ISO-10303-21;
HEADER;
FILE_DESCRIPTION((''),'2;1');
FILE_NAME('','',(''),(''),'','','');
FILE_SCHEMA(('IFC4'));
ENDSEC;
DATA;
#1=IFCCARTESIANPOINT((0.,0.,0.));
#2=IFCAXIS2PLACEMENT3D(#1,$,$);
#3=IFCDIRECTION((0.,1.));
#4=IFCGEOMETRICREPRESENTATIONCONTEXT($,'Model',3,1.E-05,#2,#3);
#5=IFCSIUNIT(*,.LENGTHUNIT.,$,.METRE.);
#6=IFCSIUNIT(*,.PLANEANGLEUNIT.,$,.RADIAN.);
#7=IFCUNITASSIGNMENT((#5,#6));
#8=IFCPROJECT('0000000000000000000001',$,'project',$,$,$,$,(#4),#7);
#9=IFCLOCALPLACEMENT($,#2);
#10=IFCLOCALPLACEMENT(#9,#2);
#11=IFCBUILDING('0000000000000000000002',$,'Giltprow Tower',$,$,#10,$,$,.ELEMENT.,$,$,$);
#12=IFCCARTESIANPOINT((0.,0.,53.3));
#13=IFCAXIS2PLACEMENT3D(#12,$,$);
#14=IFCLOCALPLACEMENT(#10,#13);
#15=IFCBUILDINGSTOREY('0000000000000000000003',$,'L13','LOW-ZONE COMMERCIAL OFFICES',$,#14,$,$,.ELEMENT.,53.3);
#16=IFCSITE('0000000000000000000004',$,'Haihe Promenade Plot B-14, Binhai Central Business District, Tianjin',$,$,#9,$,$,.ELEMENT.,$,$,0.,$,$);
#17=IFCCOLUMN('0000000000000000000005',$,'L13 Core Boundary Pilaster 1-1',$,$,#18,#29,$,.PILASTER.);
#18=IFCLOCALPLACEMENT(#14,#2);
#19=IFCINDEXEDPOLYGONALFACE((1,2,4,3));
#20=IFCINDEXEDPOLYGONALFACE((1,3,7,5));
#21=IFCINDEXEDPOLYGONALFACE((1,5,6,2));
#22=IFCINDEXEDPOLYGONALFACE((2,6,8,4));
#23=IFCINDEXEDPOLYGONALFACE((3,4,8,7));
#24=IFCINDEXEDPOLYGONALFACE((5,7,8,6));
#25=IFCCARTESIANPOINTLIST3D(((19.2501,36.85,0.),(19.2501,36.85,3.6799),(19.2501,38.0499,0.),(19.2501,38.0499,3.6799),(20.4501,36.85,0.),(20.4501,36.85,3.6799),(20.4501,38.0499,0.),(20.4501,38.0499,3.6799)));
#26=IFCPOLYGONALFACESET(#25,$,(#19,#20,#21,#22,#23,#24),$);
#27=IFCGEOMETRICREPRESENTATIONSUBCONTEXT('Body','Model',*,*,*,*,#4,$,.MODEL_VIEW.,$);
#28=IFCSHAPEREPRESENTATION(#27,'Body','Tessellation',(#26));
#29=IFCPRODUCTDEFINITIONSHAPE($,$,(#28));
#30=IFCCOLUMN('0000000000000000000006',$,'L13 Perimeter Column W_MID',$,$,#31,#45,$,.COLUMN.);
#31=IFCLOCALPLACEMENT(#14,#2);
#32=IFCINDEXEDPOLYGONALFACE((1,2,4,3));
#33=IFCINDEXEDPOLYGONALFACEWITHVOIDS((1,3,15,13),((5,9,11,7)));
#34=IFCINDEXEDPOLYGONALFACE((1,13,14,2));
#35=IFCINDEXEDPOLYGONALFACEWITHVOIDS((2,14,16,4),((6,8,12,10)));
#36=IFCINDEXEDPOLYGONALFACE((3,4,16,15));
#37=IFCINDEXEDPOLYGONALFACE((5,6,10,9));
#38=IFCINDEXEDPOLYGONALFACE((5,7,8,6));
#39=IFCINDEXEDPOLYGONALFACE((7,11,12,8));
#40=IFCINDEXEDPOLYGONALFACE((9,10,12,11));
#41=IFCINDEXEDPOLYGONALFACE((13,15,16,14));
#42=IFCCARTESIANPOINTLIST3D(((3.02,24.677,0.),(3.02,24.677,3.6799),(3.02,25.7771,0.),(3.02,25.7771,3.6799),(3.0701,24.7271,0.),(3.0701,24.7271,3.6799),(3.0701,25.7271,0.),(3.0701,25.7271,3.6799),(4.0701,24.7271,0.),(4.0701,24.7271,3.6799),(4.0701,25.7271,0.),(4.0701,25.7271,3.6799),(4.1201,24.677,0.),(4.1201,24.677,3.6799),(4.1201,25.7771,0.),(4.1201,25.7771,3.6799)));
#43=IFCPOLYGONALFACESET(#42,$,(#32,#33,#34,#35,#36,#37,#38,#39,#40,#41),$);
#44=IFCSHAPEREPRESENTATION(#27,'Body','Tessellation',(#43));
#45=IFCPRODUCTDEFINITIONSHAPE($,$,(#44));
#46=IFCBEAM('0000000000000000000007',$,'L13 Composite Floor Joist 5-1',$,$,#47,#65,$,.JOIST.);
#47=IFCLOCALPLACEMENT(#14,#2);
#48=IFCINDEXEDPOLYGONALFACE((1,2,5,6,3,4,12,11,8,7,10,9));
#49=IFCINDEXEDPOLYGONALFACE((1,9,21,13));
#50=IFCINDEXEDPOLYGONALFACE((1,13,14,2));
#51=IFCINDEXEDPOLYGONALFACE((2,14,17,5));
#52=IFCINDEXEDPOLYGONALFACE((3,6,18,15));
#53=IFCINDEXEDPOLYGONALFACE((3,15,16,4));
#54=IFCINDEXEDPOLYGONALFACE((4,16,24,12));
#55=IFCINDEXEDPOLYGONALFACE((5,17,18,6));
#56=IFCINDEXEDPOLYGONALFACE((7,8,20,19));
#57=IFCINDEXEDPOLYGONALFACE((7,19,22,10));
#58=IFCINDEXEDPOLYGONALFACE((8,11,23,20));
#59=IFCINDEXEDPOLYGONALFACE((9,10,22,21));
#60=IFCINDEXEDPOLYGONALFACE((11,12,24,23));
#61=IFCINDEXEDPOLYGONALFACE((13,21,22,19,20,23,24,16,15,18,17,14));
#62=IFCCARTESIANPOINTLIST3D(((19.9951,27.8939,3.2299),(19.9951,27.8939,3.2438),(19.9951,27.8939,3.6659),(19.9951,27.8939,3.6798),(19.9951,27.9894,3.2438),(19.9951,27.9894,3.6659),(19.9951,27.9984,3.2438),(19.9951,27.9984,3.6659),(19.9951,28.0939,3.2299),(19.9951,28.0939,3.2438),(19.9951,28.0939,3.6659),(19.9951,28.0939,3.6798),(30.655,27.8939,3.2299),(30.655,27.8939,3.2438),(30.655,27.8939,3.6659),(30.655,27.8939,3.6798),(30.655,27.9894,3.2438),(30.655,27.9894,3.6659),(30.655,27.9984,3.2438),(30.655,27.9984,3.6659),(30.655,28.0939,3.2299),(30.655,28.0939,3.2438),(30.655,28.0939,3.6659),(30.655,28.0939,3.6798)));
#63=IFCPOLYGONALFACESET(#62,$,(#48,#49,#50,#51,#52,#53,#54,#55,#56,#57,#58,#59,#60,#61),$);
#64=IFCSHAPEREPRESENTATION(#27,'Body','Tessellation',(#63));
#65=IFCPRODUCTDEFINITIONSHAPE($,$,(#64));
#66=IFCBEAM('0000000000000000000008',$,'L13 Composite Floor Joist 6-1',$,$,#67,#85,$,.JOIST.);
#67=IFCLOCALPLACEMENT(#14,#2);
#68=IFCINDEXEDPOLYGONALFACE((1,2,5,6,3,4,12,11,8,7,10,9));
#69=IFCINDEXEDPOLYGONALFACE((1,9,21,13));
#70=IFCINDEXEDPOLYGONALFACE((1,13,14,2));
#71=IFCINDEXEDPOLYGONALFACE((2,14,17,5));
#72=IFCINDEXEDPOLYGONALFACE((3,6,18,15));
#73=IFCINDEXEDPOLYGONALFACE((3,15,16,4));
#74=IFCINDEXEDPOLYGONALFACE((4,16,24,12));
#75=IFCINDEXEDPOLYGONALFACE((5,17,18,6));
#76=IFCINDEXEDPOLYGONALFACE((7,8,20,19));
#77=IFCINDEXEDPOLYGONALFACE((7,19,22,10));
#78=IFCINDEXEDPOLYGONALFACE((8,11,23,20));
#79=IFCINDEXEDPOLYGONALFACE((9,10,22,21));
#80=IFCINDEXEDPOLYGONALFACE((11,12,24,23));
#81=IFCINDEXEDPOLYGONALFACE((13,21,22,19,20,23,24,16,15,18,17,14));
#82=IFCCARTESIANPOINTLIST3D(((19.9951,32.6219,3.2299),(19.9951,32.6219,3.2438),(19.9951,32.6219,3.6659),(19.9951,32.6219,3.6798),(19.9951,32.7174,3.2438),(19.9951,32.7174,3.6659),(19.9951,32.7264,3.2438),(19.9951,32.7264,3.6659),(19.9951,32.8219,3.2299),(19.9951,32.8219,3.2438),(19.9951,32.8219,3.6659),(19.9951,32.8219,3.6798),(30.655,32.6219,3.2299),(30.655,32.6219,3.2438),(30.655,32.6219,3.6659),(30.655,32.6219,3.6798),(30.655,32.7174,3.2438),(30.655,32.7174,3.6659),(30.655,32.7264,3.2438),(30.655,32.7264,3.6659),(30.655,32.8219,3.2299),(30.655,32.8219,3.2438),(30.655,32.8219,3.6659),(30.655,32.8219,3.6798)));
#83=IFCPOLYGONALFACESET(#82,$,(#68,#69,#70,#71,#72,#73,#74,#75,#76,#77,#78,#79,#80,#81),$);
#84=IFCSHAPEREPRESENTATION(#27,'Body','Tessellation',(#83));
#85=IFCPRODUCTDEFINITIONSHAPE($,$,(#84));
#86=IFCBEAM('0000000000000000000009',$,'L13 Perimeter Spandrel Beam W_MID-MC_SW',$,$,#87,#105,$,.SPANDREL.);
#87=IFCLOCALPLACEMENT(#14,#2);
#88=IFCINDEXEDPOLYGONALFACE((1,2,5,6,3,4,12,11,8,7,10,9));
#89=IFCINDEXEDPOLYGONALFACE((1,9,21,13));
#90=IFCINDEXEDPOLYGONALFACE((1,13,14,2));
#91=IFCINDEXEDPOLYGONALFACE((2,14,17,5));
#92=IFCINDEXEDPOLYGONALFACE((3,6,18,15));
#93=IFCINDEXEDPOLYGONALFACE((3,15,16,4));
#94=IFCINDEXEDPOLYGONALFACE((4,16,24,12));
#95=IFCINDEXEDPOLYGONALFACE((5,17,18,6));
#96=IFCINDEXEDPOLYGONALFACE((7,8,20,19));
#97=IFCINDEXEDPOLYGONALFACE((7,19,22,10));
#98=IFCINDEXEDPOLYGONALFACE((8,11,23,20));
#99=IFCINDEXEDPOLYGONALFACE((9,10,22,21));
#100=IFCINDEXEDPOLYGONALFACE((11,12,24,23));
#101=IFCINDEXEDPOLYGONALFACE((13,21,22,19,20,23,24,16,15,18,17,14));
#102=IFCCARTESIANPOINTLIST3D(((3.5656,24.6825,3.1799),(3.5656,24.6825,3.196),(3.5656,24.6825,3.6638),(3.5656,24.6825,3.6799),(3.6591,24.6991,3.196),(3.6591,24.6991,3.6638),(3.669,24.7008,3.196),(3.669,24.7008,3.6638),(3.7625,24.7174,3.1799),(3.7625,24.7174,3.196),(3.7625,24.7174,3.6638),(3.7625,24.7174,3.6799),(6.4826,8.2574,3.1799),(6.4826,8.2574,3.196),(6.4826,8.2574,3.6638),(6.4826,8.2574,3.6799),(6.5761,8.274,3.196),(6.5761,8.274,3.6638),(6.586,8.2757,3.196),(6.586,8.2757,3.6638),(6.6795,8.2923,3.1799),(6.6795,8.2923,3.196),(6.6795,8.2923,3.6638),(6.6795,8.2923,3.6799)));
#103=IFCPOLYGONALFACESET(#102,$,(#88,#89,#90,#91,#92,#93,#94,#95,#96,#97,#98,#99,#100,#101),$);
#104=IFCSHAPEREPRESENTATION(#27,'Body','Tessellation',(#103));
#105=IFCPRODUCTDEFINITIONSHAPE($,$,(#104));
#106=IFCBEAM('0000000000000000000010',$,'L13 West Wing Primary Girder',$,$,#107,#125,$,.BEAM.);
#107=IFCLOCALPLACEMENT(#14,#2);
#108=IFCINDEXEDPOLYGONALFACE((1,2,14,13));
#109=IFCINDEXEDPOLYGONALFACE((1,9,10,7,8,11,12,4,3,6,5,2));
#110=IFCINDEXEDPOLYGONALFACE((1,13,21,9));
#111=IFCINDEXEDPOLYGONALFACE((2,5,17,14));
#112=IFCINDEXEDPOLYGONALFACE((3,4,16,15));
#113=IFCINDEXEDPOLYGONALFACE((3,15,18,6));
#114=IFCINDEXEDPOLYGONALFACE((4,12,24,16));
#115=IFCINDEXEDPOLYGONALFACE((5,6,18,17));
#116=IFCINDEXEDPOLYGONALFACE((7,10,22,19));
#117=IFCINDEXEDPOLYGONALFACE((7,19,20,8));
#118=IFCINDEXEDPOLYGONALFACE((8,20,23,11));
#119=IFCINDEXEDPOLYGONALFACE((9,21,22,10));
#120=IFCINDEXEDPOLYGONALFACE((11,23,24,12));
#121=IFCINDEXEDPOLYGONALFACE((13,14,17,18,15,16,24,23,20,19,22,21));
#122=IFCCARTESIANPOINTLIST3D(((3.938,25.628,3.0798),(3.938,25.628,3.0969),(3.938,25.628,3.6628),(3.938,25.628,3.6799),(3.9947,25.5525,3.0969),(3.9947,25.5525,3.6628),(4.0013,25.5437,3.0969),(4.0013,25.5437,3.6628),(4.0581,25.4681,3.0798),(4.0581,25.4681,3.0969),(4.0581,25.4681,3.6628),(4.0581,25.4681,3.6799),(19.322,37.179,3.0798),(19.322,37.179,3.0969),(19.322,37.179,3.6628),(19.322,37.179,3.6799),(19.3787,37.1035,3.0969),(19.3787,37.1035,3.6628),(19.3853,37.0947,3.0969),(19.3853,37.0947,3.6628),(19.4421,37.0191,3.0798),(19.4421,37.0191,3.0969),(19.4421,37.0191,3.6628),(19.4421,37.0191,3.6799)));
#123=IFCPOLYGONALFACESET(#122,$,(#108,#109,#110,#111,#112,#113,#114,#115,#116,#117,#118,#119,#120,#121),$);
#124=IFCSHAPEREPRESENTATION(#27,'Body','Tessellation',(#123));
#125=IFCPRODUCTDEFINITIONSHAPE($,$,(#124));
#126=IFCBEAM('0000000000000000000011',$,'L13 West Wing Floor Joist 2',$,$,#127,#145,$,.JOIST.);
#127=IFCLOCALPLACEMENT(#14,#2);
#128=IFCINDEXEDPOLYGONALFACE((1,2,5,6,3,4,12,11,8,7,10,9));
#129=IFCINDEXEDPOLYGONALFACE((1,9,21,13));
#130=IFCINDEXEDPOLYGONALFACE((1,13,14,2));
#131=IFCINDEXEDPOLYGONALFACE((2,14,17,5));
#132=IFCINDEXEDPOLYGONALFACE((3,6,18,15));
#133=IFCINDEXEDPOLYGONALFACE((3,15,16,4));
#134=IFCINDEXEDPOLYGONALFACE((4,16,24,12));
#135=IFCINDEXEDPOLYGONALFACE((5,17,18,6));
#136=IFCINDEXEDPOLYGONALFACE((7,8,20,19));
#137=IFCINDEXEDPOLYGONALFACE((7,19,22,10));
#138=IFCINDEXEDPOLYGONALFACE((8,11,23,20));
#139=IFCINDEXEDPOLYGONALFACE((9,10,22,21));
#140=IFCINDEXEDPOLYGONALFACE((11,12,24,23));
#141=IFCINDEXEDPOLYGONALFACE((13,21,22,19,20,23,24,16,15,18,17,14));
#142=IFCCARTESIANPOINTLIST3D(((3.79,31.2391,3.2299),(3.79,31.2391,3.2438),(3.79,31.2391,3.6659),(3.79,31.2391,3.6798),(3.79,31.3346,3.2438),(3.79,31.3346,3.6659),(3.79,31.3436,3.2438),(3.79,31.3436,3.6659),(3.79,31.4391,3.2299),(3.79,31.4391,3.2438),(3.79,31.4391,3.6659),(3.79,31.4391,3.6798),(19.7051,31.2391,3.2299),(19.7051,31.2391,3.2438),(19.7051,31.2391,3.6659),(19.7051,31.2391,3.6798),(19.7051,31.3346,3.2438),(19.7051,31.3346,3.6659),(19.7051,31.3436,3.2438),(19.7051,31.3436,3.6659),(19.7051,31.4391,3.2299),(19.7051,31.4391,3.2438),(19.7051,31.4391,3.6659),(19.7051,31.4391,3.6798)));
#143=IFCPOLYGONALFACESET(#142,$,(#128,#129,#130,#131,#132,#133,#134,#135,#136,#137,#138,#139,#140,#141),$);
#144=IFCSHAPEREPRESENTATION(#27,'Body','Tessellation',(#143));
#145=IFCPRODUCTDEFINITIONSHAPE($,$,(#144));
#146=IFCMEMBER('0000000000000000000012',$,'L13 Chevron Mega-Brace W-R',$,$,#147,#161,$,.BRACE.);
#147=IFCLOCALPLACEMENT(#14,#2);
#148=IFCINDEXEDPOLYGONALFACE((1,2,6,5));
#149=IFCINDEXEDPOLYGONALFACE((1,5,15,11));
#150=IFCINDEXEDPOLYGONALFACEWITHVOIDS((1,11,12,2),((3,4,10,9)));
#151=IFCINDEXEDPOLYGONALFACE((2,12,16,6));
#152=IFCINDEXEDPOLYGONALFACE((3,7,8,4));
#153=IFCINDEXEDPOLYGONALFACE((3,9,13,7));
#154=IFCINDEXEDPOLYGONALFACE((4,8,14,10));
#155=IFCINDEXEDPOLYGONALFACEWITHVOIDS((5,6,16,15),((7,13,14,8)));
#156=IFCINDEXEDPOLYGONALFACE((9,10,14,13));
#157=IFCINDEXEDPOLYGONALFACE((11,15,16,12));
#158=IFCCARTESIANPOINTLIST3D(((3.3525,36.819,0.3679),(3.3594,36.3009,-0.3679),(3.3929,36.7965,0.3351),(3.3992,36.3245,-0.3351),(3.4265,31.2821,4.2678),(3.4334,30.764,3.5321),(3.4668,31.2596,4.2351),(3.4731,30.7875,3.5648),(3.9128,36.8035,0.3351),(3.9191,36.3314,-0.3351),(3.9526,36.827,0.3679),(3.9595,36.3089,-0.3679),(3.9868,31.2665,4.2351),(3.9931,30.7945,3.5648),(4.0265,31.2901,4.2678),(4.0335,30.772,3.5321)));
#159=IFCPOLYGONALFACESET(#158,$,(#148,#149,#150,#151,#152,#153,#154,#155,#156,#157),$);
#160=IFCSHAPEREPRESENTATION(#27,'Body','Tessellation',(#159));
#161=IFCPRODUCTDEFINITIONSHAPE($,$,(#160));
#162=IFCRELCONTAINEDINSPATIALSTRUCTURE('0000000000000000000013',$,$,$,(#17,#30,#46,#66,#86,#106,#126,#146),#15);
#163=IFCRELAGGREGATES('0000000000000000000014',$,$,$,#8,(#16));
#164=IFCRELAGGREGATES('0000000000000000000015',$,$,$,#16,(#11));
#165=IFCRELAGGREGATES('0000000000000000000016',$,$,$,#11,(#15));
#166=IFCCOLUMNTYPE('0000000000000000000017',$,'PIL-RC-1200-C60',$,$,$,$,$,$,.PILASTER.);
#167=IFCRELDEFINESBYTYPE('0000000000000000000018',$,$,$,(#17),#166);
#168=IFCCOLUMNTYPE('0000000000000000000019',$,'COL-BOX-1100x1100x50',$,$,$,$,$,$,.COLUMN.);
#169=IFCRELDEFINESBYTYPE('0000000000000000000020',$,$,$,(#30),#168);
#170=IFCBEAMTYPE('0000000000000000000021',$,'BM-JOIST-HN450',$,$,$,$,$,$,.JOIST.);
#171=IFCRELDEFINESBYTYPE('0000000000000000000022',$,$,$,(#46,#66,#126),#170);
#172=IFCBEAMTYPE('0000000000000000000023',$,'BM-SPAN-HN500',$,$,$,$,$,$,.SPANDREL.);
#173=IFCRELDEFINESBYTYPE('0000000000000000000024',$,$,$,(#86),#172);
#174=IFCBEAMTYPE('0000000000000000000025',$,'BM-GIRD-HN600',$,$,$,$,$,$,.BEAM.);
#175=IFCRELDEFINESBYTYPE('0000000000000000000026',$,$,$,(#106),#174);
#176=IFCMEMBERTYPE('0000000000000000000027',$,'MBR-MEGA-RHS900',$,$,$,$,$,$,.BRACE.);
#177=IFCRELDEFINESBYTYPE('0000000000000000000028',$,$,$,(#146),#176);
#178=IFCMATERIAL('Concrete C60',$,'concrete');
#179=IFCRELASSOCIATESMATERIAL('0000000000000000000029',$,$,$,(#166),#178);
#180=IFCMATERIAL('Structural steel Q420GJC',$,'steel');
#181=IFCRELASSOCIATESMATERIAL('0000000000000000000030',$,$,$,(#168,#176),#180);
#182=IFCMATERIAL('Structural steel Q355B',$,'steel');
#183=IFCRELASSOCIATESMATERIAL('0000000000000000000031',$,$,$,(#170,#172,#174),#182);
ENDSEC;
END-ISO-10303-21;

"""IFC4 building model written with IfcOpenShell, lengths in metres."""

from ifc_helpers import new_model, si_unit, direction, frame, origin, origin_2d, place, context, subcontext, project, spatial, rectangle, hollow_rectangle, i_section, extrude, source, transform, mapped, material, material_profile, profile_set, type_object, element, save


model = new_model("IFC4")

# Units and contexts
model_context = context("Model", 3, precision=1e-05, world=origin(), true_north=direction((0.0, 1.0)))
body_context = subcontext(model_context, "Body", "Model", "MODEL_VIEW")
ifc_project = project(units=[si_unit("LENGTHUNIT", "METRE"), si_unit("PLANEANGLEUNIT", "RADIAN")], contexts=[model_context])

# Site, building, storey
site_placement = place(None, origin())
site = spatial("IfcSite", under=ifc_project, at=site_placement, Name="Haihe Promenade Plot B-14, Binhai Central Business District, Tianjin", CompositionType="ELEMENT", RefElevation=0.0)
building_placement = place(site_placement, origin())
building = spatial("IfcBuilding", under=site, at=building_placement, Name="Giltprow Tower", CompositionType="ELEMENT")
storey_placement = place(building_placement, frame((0.0, 0.0, 53.3)))
storey = spatial("IfcBuildingStorey", under=building, at=storey_placement, Name="L13", Description="LOW-ZONE COMMERCIAL OFFICES", CompositionType="ELEMENT", Elevation=53.3)

# Columns
ifc_material_1 = material(Name="Concrete C60", Category="concrete")
ifc_material_profile_1 = material_profile(ifc_material_1, rectangle(XDim=1.2, YDim=1.2, at=origin_2d()), Name="RC 1200x1200")
ifc_profile_set_1 = profile_set([ifc_material_profile_1], Name="Concrete C60")
column_type_1 = type_object("IfcColumnType", Name="PIL-RC-1200-C60", PredefinedType="PILASTER", material=ifc_profile_set_1)
shared_shape_1 = source(origin(), body_context, "Body", "SweptSolid", [
    extrude(rectangle(XDim=1.2, YDim=1.2, at=origin_2d()), origin(), (0.0, 0.0, 1.0), 3.6799),
])
column_1_placement = place(storey_placement, frame((19.8501, 37.45, 0.0), z_axis=(0.0, 0.0, 1.0), x_axis=(1.0, 0.0, 0.0)))
element("IfcColumn", 1, at=column_1_placement, inside=storey, type_object=column_type_1, Name="L13 Core Boundary Pilaster 1-1", PredefinedType="PILASTER", context=body_context, shape_type="MappedRepresentation", body=[
    mapped(shared_shape_1, transform((0.0, 0.0, 0.0), x_axis=(1.0, 0.0, 0.0), y_axis=(0.0, 1.0, 0.0), z_axis=(0.0, 0.0, 1.0), scale=1.0)),
])
ifc_material_2 = material(Name="Structural steel Q420GJC", Category="steel")
ifc_material_profile_2 = material_profile(ifc_material_2, hollow_rectangle(XDim=1.1001, YDim=1.1001, WallThickness=0.05, at=origin_2d()), Name="BOX 1100x1100x50")
ifc_profile_set_2 = profile_set([ifc_material_profile_2], Name="Structural steel Q420GJC")
column_type_2 = type_object("IfcColumnType", Name="COL-BOX-1100x1100x50", PredefinedType="COLUMN", material=ifc_profile_set_2)
shared_shape_2 = source(origin(), body_context, "Body", "SweptSolid", [
    extrude(hollow_rectangle(XDim=1.1001, YDim=1.1001, WallThickness=0.05, at=origin_2d()), origin(), (0.0, 0.0, 1.0), 3.6799),
])
column_2_placement = place(storey_placement, frame((3.5701, 25.2271, 0.0), z_axis=(0.0, 0.0, 1.0), x_axis=(1.0, 0.0, 0.0)))
element("IfcColumn", 2, at=column_2_placement, inside=storey, type_object=column_type_2, Name="L13 Perimeter Column W_MID", PredefinedType="COLUMN", context=body_context, shape_type="MappedRepresentation", body=[
    mapped(shared_shape_2, transform((0.0, 0.0, 0.0), x_axis=(1.0, 0.0, 0.0), y_axis=(0.0, 1.0, 0.0), z_axis=(0.0, 0.0, 1.0), scale=1.0)),
])

# Beams
ifc_material_3 = material(Name="Structural steel Q355B", Category="steel")
ifc_material_profile_3 = material_profile(ifc_material_3, i_section(OverallWidth=0.2, OverallDepth=0.45, WebThickness=0.009, FlangeThickness=0.0139, at=origin_2d()), Name="HN 450x200x9x14")
ifc_profile_set_3 = profile_set([ifc_material_profile_3], Name="Structural steel Q355B")
beam_type_1 = type_object("IfcBeamType", Name="BM-JOIST-HN450", PredefinedType="JOIST", material=ifc_profile_set_3)
shared_shape_3 = source(origin(), body_context, "Body", "SweptSolid", [
    extrude(i_section(OverallWidth=0.2, OverallDepth=0.45, WebThickness=0.009, FlangeThickness=0.0139, at=origin_2d()), origin(), (0.0, 0.0, 1.0), 10.6599),
])
for number, where, z_axis, x_axis, name in (
    (3, (19.9951, 27.9939, 3.4548), (1.0, 0.0, 0.0), (0.0, 1.0, 0.0), "L13 Composite Floor Joist 5-1"),
    (4, (19.9951, 32.7219, 3.4548), (1.0, 0.0, 0.0), (0.0, 1.0, 0.0), "L13 Composite Floor Joist 6-1"),
):
    element("IfcBeam", number, at=place(storey_placement, frame(where, z_axis=z_axis, x_axis=x_axis)), inside=storey, type_object=beam_type_1, Name=name, PredefinedType="JOIST", context=body_context, shape_type="MappedRepresentation", body=[
        mapped(shared_shape_3, transform((0.0, 0.0, 0.0), x_axis=(1.0, 0.0, 0.0), y_axis=(0.0, 1.0, 0.0), z_axis=(0.0, 0.0, 1.0), scale=1.0)),
    ])
ifc_material_profile_4 = material_profile(ifc_material_3, i_section(OverallWidth=0.2, OverallDepth=0.5, WebThickness=0.01, FlangeThickness=0.0161, at=origin_2d()), Name="HN 500x200x10x16")
ifc_profile_set_4 = profile_set([ifc_material_profile_4], Name="Structural steel Q355B")
beam_type_2 = type_object("IfcBeamType", Name="BM-SPAN-HN500", PredefinedType="SPANDREL", material=ifc_profile_set_4)
shared_shape_4 = source(origin(), body_context, "Body", "SweptSolid", [
    extrude(i_section(OverallWidth=0.2, OverallDepth=0.5, WebThickness=0.01, FlangeThickness=0.0161, at=origin_2d()), origin(), (0.0, 0.0, 1.0), 16.6821),
])
beam_1_placement = place(storey_placement, frame((3.6641, 24.7, 3.4299), z_axis=(0.174858, -0.984594, 0.0), x_axis=(0.984594, 0.174858, 0.0)))
element("IfcBeam", 5, at=beam_1_placement, inside=storey, type_object=beam_type_2, Name="L13 Perimeter Spandrel Beam W_MID-MC_SW", PredefinedType="SPANDREL", context=body_context, shape_type="MappedRepresentation", body=[
    mapped(shared_shape_4, transform((0.0, 0.0, 0.0), x_axis=(1.0, 0.0, 0.0), y_axis=(0.0, 1.0, 0.0), z_axis=(0.0, 0.0, 1.0), scale=1.0)),
])
ifc_material_profile_5 = material_profile(ifc_material_3, i_section(OverallWidth=0.2, OverallDepth=0.6001, WebThickness=0.011, FlangeThickness=0.0171, at=origin_2d()), Name="HN 600x200x11x17")
ifc_profile_set_5 = profile_set([ifc_material_profile_5], Name="Structural steel Q355B")
beam_type_3 = type_object("IfcBeamType", Name="BM-GIRD-HN600", PredefinedType="BEAM", material=ifc_profile_set_5)
shared_shape_5 = source(origin(), body_context, "Body", "SweptSolid", [
    extrude(i_section(OverallWidth=0.2, OverallDepth=0.6001, WebThickness=0.011, FlangeThickness=0.0171, at=origin_2d()), origin(), (0.0, 0.0, 1.0), 19.2378),
])
beam_2_placement = place(storey_placement, frame((3.998, 25.5481, 3.3799), z_axis=(0.799676, 0.600432, 0.0), x_axis=(-0.600432, 0.799676, 0.0)))
element("IfcBeam", 6, at=beam_2_placement, inside=storey, type_object=beam_type_3, Name="L13 West Wing Primary Girder", PredefinedType="BEAM", context=body_context, shape_type="MappedRepresentation", body=[
    mapped(shared_shape_5, transform((0.0, 0.0, 0.0), x_axis=(1.0, 0.0, 0.0), y_axis=(0.0, 1.0, 0.0), z_axis=(0.0, 0.0, 1.0), scale=1.0)),
])
shared_shape_6 = source(origin(), body_context, "Body", "SweptSolid", [
    extrude(i_section(OverallWidth=0.2, OverallDepth=0.45, WebThickness=0.009, FlangeThickness=0.0139, at=origin_2d()), origin(), (0.0, 0.0, 1.0), 15.915),
])
beam_3_placement = place(storey_placement, frame((3.79, 31.3391, 3.4548), z_axis=(1.0, 0.0, 0.0), x_axis=(0.0, 1.0, 0.0)))
element("IfcBeam", 7, at=beam_3_placement, inside=storey, type_object=beam_type_1, Name="L13 West Wing Floor Joist 2", PredefinedType="JOIST", context=body_context, shape_type="MappedRepresentation", body=[
    mapped(shared_shape_6, transform((0.0, 0.0, 0.0), x_axis=(1.0, 0.0, 0.0), y_axis=(0.0, 1.0, 0.0), z_axis=(0.0, 0.0, 1.0), scale=1.0)),
])

# Member
ifc_material_profile_6 = material_profile(ifc_material_2, hollow_rectangle(XDim=0.6001, YDim=0.8999, WallThickness=0.04, at=origin_2d()), Name="RHS 900x600x40")
ifc_profile_set_6 = profile_set([ifc_material_profile_6], Name="Structural steel Q420GJC")
member_type = type_object("IfcMemberType", Name="MBR-MEGA-RHS900", PredefinedType="BRACE", material=ifc_profile_set_6)
shared_shape_7 = source(origin(), body_context, "Body", "SweptSolid", [
    extrude(hollow_rectangle(XDim=0.6001, YDim=0.8999, WallThickness=0.04, at=origin_2d()), origin(), (0.0, 0.0, 1.0), 6.7729),
])
member_placement = place(storey_placement, frame((3.656, 36.564, 0.0), z_axis=(0.010922, -0.817508, 0.575814), x_axis=(0.999911, 0.013359, 0.0)))
element("IfcMember", 8, at=member_placement, inside=storey, type_object=member_type, Name="L13 Chevron Mega-Brace W-R", PredefinedType="BRACE", context=body_context, shape_type="MappedRepresentation", body=[
    mapped(shared_shape_7, transform((0.0, 0.0, 0.0), x_axis=(1.0, 0.0, 0.0), y_axis=(0.0, 1.0, 0.0), z_axis=(0.0, 0.0, 1.0), scale=1.0)),
])

save(model, "model.ifc")
